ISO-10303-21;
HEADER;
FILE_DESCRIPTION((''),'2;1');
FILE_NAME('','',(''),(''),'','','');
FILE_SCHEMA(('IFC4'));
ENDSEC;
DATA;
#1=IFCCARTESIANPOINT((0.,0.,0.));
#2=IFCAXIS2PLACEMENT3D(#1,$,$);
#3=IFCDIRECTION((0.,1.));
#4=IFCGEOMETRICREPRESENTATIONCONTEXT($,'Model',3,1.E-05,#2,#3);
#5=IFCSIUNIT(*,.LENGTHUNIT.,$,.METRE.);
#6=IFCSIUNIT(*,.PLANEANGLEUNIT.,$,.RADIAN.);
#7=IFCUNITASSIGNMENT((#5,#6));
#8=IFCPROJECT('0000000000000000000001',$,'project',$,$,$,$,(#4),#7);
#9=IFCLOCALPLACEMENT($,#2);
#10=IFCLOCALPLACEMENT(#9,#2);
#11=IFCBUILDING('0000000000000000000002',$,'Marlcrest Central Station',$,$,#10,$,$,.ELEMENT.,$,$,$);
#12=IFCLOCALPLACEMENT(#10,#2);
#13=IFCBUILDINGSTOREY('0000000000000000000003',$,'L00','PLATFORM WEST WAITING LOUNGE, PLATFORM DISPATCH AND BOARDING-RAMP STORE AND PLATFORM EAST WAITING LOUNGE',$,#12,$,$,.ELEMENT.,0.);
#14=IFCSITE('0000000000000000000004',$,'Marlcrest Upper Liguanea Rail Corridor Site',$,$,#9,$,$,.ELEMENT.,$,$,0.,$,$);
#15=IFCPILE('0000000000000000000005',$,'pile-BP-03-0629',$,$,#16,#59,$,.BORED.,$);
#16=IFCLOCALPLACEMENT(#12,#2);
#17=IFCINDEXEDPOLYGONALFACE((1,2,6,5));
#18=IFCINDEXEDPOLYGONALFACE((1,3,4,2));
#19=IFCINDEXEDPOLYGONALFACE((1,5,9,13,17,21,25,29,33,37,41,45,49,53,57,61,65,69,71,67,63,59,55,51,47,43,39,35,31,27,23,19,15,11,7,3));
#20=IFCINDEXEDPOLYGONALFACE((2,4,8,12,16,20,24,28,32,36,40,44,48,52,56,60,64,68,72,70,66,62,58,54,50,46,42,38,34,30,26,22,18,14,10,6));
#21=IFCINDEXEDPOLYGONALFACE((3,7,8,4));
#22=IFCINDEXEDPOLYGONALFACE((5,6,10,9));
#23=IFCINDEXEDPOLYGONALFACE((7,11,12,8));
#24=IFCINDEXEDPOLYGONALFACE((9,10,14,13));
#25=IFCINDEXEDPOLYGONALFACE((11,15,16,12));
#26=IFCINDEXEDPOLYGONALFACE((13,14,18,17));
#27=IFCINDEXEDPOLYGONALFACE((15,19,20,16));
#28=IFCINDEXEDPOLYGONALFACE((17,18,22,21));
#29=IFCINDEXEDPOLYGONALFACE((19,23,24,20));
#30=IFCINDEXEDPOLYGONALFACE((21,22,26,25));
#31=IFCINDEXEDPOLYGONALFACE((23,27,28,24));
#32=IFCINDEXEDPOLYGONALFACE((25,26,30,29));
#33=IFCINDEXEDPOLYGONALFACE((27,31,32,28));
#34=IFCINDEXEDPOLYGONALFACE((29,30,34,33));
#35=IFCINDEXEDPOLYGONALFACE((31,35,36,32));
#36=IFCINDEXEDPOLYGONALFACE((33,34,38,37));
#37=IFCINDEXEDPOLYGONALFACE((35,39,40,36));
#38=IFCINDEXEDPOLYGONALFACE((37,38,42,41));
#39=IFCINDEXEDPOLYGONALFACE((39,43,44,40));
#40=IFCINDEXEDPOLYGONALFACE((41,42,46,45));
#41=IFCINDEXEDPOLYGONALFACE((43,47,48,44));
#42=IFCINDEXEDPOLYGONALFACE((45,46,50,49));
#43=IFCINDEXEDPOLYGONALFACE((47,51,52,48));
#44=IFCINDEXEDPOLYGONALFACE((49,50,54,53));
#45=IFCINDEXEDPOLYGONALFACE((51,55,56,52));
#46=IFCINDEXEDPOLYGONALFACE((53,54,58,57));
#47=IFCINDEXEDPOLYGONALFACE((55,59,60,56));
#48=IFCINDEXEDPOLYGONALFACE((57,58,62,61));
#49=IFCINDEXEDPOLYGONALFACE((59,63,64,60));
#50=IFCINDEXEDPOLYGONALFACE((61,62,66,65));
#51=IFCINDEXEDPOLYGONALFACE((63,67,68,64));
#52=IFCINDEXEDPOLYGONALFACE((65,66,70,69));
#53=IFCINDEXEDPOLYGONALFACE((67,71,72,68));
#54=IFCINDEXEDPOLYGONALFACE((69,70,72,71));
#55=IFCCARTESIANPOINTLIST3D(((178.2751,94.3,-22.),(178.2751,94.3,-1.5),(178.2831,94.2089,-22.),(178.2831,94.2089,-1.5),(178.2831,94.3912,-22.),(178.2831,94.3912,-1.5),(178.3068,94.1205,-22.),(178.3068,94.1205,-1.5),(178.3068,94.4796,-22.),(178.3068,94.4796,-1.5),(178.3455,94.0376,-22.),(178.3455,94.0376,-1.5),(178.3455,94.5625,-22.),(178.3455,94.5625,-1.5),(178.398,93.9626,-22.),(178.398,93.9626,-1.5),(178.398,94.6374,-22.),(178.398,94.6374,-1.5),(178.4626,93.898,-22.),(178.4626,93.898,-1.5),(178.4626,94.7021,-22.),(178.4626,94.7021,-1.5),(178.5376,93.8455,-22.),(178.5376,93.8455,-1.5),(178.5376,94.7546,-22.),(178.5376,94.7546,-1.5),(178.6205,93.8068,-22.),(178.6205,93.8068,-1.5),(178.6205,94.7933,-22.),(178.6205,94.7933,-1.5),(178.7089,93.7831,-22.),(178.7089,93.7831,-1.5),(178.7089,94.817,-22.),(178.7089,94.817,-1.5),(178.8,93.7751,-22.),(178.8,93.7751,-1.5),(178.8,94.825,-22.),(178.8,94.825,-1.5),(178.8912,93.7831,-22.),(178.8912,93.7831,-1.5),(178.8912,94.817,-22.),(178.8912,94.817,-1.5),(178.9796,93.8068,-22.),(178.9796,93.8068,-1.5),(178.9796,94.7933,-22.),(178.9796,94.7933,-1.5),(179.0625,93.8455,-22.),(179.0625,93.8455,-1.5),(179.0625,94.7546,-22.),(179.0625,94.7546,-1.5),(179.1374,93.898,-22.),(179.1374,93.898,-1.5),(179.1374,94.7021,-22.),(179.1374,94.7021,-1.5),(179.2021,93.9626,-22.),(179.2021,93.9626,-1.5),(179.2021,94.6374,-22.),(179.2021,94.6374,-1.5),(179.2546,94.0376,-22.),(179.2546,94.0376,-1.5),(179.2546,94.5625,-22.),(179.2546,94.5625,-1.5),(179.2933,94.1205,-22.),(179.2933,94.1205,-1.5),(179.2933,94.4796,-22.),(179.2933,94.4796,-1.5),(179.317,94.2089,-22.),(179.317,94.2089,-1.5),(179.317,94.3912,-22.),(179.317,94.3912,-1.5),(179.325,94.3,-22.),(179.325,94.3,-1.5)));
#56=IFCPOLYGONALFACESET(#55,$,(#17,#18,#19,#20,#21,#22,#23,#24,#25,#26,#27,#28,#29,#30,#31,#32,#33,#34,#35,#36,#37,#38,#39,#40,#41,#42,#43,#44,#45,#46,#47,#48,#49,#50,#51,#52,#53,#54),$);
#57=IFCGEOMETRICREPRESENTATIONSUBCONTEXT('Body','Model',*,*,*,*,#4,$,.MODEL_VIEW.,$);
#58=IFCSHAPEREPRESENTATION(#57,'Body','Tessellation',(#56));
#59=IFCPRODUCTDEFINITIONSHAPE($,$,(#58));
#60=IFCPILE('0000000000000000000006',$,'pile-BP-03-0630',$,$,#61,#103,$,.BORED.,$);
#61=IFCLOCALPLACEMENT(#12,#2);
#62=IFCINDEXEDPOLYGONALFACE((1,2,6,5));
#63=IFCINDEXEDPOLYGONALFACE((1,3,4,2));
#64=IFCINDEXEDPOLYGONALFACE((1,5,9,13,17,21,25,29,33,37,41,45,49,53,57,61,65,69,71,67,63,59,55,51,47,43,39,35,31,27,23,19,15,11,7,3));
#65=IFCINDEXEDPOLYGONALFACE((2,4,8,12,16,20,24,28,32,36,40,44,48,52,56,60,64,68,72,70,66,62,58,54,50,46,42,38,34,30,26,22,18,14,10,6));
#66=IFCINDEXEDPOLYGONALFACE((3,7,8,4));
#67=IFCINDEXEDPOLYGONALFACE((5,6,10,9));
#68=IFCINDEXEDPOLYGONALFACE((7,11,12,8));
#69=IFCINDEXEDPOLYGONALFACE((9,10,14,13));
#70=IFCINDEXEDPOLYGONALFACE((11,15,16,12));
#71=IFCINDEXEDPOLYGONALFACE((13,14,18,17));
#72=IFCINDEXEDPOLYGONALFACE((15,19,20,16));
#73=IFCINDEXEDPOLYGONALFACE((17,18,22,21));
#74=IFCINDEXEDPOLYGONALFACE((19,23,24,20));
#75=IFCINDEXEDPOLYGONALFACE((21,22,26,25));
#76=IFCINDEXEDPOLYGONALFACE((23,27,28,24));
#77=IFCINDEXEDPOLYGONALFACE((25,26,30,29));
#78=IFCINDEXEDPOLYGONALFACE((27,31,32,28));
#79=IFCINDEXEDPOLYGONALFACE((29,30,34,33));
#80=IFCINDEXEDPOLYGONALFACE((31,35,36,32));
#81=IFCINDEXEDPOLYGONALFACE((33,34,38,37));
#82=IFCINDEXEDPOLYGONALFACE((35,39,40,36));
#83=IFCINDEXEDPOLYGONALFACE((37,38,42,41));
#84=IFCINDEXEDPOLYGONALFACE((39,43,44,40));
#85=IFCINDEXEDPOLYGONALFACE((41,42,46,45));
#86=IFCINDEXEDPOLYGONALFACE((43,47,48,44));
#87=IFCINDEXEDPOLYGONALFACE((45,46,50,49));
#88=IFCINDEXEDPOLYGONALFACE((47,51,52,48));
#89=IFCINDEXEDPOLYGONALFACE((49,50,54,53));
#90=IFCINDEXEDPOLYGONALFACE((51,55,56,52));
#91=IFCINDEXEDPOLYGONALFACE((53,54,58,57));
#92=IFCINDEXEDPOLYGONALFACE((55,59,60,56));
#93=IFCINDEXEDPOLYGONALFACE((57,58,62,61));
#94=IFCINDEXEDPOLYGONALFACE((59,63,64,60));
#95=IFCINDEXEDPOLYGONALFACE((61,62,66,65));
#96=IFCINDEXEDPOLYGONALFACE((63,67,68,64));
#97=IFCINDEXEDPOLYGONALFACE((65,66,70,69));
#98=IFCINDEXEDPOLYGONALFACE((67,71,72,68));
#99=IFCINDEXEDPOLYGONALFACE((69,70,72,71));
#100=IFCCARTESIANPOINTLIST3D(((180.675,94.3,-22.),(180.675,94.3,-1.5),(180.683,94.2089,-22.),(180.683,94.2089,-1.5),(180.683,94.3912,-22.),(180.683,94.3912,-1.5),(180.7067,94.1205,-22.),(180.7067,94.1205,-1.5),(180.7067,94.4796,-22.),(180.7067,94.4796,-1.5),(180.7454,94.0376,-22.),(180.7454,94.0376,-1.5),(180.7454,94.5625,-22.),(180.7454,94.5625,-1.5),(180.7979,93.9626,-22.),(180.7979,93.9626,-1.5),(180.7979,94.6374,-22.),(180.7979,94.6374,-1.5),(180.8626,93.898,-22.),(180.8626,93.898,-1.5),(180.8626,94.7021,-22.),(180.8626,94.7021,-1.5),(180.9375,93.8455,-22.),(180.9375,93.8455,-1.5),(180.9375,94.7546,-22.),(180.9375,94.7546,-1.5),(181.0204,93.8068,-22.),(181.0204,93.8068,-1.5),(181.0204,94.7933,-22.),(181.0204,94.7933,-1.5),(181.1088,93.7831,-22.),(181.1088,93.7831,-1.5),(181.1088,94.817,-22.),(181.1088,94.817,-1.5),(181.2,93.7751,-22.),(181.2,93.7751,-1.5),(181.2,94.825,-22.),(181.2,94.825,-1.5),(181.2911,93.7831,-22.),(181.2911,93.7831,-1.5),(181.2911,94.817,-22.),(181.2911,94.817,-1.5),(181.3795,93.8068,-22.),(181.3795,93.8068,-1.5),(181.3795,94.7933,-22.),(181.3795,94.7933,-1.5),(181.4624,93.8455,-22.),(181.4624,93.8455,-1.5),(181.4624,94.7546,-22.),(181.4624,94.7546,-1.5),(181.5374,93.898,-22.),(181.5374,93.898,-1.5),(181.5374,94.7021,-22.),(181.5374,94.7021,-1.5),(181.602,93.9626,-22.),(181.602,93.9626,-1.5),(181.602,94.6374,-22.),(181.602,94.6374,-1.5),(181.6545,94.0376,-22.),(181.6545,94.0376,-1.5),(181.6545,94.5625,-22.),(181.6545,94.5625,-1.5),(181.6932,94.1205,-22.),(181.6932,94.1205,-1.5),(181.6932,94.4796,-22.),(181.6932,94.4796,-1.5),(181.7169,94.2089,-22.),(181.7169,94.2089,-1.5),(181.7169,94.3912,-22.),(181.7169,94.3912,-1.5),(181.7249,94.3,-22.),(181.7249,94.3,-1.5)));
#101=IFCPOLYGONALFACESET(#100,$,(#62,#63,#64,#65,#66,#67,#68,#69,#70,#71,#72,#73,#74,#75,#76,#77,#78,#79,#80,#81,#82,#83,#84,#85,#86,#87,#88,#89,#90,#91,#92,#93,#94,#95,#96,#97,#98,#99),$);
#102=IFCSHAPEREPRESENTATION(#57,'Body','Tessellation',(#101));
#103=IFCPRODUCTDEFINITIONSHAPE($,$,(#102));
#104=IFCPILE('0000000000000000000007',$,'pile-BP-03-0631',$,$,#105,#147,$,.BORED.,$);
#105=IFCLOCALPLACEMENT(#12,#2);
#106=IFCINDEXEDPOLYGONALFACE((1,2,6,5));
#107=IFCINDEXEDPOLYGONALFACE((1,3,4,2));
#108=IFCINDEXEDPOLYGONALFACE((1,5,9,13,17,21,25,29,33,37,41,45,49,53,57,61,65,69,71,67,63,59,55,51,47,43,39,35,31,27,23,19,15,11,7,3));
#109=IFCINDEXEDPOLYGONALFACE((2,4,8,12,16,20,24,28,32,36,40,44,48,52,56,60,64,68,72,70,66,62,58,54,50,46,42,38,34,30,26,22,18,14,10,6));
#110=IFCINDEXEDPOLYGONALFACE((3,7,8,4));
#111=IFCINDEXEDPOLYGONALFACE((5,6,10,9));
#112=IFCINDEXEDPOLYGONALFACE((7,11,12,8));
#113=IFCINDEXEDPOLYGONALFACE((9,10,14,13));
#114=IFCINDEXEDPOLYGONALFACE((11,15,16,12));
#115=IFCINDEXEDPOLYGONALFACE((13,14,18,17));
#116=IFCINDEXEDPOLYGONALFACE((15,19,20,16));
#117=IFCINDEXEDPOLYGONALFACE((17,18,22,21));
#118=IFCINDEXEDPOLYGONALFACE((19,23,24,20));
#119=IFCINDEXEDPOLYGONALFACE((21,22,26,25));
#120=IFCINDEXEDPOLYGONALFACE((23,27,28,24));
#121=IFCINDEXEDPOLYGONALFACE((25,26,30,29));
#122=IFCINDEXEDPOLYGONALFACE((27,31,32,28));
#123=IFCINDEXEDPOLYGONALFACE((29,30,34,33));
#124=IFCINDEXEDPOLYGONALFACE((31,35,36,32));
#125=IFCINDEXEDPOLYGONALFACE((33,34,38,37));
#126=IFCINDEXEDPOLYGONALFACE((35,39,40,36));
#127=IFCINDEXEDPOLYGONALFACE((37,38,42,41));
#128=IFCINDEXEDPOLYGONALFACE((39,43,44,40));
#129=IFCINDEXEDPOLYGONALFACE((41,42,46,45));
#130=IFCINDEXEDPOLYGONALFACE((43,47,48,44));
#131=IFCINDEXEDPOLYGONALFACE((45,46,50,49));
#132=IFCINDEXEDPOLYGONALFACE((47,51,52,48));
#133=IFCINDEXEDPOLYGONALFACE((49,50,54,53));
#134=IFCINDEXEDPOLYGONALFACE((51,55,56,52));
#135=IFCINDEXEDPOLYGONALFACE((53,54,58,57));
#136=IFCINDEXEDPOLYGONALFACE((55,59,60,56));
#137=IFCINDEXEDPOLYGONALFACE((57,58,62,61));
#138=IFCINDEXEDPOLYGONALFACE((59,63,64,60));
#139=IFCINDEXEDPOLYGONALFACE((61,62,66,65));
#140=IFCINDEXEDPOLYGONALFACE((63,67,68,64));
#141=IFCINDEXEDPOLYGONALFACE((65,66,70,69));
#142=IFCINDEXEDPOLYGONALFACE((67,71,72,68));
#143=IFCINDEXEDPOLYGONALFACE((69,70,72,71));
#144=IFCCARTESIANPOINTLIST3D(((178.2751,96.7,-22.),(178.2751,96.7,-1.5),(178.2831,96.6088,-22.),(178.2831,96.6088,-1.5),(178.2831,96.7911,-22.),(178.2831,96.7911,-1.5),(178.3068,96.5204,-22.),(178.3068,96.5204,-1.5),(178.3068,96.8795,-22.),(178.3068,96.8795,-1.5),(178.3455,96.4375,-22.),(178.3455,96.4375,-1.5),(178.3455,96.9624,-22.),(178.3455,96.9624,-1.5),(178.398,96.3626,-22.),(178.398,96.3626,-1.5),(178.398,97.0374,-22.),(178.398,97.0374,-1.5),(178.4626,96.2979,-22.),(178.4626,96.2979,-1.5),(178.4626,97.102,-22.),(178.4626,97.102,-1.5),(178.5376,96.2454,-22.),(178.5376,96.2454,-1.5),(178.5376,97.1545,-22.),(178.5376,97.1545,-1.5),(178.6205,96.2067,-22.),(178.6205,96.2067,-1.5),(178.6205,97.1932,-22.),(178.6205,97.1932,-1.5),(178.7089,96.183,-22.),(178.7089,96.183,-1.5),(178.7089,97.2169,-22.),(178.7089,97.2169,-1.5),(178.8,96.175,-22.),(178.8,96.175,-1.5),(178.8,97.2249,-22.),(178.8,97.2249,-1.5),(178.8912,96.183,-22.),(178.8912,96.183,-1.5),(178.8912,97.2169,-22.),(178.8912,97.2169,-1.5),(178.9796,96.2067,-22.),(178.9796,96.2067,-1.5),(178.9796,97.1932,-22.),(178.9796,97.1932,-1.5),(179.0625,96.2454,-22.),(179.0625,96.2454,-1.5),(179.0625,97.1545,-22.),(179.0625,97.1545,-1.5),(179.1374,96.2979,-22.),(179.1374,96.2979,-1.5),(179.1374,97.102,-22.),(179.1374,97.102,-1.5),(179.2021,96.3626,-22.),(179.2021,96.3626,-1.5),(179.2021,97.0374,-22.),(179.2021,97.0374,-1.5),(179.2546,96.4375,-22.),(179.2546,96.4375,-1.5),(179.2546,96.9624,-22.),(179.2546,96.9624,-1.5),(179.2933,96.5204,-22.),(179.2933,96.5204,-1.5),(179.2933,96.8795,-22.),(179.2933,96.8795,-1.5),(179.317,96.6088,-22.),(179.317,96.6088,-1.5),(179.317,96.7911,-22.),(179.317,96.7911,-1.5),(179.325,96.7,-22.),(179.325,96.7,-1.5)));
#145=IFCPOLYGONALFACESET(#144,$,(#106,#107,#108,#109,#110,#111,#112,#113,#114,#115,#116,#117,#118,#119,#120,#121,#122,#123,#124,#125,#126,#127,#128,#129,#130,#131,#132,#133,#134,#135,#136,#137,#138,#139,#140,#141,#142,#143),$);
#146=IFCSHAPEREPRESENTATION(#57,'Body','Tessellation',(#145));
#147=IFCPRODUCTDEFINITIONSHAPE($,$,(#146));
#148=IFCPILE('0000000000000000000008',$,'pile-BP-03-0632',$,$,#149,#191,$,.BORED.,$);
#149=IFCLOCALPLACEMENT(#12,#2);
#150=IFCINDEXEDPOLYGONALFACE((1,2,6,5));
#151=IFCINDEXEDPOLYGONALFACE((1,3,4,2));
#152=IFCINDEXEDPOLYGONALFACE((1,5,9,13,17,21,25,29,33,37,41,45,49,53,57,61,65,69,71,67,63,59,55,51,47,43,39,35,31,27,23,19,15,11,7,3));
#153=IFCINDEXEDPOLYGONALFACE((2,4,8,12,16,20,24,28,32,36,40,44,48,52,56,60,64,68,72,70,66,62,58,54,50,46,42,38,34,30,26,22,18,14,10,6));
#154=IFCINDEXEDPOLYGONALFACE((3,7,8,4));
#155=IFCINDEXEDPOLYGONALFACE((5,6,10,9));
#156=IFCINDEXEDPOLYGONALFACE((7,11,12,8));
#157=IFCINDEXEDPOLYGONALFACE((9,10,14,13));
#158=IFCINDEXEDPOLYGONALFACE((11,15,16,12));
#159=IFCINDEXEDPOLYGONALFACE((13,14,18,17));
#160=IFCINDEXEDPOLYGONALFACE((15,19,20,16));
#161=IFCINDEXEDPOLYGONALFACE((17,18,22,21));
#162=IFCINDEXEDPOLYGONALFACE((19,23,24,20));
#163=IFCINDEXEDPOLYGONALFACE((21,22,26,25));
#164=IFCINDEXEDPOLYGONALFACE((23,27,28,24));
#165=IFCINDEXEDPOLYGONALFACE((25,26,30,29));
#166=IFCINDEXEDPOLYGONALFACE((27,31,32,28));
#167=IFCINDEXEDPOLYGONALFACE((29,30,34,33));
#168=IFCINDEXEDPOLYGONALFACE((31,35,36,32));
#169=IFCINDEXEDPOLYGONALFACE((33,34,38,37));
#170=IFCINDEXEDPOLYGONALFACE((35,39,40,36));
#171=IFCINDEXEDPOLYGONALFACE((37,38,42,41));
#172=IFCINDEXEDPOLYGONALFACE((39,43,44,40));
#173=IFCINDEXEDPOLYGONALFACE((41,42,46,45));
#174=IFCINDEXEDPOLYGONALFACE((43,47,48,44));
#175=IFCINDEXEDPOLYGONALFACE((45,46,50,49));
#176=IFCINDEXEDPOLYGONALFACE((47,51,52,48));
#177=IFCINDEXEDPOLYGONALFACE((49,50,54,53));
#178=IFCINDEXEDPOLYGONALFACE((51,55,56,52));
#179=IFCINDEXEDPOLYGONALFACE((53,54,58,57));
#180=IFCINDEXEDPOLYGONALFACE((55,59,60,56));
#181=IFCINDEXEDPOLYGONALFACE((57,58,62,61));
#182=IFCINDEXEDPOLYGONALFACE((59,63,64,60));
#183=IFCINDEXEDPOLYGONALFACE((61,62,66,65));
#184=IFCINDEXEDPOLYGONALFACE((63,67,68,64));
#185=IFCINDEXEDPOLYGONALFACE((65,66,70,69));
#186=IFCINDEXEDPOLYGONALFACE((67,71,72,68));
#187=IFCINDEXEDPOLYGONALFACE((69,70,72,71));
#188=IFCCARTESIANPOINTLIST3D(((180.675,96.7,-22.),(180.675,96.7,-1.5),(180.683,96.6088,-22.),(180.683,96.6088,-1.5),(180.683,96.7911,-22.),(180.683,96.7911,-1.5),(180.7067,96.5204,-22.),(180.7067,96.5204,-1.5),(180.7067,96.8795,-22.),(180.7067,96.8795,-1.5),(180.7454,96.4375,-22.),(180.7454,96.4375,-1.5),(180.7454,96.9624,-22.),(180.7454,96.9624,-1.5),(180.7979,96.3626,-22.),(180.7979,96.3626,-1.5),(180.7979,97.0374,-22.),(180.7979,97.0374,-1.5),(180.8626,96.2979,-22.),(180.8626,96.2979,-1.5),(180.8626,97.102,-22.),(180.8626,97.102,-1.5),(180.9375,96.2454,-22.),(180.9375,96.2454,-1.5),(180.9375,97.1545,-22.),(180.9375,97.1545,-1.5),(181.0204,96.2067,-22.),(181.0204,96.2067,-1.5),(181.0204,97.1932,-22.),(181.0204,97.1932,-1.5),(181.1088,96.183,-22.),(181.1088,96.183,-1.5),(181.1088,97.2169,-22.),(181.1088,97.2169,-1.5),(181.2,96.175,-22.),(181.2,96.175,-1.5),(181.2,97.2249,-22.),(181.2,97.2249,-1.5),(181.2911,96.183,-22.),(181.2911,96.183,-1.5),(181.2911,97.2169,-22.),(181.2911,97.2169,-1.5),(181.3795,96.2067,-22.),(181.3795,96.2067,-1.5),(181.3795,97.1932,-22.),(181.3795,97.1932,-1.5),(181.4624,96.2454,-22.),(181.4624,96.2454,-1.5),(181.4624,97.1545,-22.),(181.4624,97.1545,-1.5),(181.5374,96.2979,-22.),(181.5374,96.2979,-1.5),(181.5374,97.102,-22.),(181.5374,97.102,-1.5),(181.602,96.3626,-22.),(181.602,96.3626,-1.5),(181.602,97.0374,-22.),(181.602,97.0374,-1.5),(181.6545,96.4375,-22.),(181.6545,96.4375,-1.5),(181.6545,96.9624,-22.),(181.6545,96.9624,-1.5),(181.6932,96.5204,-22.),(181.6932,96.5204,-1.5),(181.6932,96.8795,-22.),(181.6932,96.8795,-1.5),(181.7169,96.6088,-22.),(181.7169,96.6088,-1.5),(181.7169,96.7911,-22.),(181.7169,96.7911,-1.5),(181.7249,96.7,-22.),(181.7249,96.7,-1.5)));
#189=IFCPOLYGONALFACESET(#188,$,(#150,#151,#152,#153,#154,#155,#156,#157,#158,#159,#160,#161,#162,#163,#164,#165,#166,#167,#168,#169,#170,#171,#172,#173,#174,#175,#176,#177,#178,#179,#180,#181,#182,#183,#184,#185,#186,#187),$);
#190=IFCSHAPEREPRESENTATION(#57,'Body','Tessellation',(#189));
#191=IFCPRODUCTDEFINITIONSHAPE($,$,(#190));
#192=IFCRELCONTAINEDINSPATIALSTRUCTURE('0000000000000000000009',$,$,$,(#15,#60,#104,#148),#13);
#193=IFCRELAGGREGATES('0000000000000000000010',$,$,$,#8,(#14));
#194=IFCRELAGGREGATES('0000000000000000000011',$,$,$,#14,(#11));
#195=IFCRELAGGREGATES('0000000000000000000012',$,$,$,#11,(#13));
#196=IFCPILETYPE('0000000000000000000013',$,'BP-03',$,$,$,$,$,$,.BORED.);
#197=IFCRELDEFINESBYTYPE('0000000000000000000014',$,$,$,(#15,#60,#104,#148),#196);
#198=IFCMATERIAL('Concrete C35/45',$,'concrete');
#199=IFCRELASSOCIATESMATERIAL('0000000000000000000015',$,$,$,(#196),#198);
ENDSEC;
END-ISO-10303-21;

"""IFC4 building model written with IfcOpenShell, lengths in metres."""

from ifc_helpers import new_model, si_unit, direction, frame, origin, origin_2d, place, context, subcontext, project, spatial, circle, extrude, material, material_profile, profile_set, type_object, element, save


model = new_model("IFC4")

# Units and contexts
model_context = context("Model", 3, precision=1e-05, world=origin(), true_north=direction((0.0, 1.0)))
body_context = subcontext(model_context, "Body", "Model", "MODEL_VIEW")
ifc_project = project(units=[si_unit("LENGTHUNIT", "METRE"), si_unit("PLANEANGLEUNIT", "RADIAN")], contexts=[model_context])

# Site, building, storey
site_placement = place(None, origin())
site = spatial("IfcSite", under=ifc_project, at=site_placement, Name="Marlcrest Upper Liguanea Rail Corridor Site", CompositionType="ELEMENT", RefElevation=0.0)
building_placement = place(site_placement, origin())
building = spatial("IfcBuilding", under=site, at=building_placement, Name="Marlcrest Central Station", CompositionType="ELEMENT")
storey_placement = place(building_placement, origin())
storey = spatial("IfcBuildingStorey", under=building, at=storey_placement, Name="L00", Description="PLATFORM WEST WAITING LOUNGE, PLATFORM DISPATCH AND BOARDING-RAMP STORE AND PLATFORM EAST WAITING LOUNGE", CompositionType="ELEMENT", Elevation=0.0)

# Piles
ifc_material_1 = material(Name="Concrete C35/45", Category="concrete")
ifc_material_profile_1 = material_profile(ifc_material_1, circle(Radius=0.5249, at=origin_2d()), Name="PILE D1050")
ifc_profile_set_1 = profile_set([ifc_material_profile_1], Name="Concrete C35/45")
pile_type_1 = type_object("IfcPileType", Name="BP-03", PredefinedType="BORED", material=ifc_profile_set_1)
for number, where, z_axis, x_axis, name in (
    (1, (178.8, 94.3, -1.5), (0.0, 0.0, -1.0), (1.0, 0.0, 0.0), "pile-BP-03-0629"),
    (2, (181.2, 94.3, -1.5), (0.0, 0.0, -1.0), (1.0, 0.0, 0.0), "pile-BP-03-0630"),
    (3, (178.8, 96.7, -1.5), (0.0, 0.0, -1.0), (1.0, 0.0, 0.0), "pile-BP-03-0631"),
    (4, (181.2, 96.7, -1.5), (0.0, 0.0, -1.0), (1.0, 0.0, 0.0), "pile-BP-03-0632"),
):
    element("IfcPile", number, at=place(storey_placement, frame(where, z_axis=z_axis, x_axis=x_axis)), inside=storey, type_object=pile_type_1, Name=name, PredefinedType="BORED", context=body_context, shape_type="SweptSolid", body=[
        extrude(circle(Radius=0.5249, at=origin_2d()), origin(), (0.0, 0.0, 1.0), 20.5),
    ])

save(model, "model.ifc")
